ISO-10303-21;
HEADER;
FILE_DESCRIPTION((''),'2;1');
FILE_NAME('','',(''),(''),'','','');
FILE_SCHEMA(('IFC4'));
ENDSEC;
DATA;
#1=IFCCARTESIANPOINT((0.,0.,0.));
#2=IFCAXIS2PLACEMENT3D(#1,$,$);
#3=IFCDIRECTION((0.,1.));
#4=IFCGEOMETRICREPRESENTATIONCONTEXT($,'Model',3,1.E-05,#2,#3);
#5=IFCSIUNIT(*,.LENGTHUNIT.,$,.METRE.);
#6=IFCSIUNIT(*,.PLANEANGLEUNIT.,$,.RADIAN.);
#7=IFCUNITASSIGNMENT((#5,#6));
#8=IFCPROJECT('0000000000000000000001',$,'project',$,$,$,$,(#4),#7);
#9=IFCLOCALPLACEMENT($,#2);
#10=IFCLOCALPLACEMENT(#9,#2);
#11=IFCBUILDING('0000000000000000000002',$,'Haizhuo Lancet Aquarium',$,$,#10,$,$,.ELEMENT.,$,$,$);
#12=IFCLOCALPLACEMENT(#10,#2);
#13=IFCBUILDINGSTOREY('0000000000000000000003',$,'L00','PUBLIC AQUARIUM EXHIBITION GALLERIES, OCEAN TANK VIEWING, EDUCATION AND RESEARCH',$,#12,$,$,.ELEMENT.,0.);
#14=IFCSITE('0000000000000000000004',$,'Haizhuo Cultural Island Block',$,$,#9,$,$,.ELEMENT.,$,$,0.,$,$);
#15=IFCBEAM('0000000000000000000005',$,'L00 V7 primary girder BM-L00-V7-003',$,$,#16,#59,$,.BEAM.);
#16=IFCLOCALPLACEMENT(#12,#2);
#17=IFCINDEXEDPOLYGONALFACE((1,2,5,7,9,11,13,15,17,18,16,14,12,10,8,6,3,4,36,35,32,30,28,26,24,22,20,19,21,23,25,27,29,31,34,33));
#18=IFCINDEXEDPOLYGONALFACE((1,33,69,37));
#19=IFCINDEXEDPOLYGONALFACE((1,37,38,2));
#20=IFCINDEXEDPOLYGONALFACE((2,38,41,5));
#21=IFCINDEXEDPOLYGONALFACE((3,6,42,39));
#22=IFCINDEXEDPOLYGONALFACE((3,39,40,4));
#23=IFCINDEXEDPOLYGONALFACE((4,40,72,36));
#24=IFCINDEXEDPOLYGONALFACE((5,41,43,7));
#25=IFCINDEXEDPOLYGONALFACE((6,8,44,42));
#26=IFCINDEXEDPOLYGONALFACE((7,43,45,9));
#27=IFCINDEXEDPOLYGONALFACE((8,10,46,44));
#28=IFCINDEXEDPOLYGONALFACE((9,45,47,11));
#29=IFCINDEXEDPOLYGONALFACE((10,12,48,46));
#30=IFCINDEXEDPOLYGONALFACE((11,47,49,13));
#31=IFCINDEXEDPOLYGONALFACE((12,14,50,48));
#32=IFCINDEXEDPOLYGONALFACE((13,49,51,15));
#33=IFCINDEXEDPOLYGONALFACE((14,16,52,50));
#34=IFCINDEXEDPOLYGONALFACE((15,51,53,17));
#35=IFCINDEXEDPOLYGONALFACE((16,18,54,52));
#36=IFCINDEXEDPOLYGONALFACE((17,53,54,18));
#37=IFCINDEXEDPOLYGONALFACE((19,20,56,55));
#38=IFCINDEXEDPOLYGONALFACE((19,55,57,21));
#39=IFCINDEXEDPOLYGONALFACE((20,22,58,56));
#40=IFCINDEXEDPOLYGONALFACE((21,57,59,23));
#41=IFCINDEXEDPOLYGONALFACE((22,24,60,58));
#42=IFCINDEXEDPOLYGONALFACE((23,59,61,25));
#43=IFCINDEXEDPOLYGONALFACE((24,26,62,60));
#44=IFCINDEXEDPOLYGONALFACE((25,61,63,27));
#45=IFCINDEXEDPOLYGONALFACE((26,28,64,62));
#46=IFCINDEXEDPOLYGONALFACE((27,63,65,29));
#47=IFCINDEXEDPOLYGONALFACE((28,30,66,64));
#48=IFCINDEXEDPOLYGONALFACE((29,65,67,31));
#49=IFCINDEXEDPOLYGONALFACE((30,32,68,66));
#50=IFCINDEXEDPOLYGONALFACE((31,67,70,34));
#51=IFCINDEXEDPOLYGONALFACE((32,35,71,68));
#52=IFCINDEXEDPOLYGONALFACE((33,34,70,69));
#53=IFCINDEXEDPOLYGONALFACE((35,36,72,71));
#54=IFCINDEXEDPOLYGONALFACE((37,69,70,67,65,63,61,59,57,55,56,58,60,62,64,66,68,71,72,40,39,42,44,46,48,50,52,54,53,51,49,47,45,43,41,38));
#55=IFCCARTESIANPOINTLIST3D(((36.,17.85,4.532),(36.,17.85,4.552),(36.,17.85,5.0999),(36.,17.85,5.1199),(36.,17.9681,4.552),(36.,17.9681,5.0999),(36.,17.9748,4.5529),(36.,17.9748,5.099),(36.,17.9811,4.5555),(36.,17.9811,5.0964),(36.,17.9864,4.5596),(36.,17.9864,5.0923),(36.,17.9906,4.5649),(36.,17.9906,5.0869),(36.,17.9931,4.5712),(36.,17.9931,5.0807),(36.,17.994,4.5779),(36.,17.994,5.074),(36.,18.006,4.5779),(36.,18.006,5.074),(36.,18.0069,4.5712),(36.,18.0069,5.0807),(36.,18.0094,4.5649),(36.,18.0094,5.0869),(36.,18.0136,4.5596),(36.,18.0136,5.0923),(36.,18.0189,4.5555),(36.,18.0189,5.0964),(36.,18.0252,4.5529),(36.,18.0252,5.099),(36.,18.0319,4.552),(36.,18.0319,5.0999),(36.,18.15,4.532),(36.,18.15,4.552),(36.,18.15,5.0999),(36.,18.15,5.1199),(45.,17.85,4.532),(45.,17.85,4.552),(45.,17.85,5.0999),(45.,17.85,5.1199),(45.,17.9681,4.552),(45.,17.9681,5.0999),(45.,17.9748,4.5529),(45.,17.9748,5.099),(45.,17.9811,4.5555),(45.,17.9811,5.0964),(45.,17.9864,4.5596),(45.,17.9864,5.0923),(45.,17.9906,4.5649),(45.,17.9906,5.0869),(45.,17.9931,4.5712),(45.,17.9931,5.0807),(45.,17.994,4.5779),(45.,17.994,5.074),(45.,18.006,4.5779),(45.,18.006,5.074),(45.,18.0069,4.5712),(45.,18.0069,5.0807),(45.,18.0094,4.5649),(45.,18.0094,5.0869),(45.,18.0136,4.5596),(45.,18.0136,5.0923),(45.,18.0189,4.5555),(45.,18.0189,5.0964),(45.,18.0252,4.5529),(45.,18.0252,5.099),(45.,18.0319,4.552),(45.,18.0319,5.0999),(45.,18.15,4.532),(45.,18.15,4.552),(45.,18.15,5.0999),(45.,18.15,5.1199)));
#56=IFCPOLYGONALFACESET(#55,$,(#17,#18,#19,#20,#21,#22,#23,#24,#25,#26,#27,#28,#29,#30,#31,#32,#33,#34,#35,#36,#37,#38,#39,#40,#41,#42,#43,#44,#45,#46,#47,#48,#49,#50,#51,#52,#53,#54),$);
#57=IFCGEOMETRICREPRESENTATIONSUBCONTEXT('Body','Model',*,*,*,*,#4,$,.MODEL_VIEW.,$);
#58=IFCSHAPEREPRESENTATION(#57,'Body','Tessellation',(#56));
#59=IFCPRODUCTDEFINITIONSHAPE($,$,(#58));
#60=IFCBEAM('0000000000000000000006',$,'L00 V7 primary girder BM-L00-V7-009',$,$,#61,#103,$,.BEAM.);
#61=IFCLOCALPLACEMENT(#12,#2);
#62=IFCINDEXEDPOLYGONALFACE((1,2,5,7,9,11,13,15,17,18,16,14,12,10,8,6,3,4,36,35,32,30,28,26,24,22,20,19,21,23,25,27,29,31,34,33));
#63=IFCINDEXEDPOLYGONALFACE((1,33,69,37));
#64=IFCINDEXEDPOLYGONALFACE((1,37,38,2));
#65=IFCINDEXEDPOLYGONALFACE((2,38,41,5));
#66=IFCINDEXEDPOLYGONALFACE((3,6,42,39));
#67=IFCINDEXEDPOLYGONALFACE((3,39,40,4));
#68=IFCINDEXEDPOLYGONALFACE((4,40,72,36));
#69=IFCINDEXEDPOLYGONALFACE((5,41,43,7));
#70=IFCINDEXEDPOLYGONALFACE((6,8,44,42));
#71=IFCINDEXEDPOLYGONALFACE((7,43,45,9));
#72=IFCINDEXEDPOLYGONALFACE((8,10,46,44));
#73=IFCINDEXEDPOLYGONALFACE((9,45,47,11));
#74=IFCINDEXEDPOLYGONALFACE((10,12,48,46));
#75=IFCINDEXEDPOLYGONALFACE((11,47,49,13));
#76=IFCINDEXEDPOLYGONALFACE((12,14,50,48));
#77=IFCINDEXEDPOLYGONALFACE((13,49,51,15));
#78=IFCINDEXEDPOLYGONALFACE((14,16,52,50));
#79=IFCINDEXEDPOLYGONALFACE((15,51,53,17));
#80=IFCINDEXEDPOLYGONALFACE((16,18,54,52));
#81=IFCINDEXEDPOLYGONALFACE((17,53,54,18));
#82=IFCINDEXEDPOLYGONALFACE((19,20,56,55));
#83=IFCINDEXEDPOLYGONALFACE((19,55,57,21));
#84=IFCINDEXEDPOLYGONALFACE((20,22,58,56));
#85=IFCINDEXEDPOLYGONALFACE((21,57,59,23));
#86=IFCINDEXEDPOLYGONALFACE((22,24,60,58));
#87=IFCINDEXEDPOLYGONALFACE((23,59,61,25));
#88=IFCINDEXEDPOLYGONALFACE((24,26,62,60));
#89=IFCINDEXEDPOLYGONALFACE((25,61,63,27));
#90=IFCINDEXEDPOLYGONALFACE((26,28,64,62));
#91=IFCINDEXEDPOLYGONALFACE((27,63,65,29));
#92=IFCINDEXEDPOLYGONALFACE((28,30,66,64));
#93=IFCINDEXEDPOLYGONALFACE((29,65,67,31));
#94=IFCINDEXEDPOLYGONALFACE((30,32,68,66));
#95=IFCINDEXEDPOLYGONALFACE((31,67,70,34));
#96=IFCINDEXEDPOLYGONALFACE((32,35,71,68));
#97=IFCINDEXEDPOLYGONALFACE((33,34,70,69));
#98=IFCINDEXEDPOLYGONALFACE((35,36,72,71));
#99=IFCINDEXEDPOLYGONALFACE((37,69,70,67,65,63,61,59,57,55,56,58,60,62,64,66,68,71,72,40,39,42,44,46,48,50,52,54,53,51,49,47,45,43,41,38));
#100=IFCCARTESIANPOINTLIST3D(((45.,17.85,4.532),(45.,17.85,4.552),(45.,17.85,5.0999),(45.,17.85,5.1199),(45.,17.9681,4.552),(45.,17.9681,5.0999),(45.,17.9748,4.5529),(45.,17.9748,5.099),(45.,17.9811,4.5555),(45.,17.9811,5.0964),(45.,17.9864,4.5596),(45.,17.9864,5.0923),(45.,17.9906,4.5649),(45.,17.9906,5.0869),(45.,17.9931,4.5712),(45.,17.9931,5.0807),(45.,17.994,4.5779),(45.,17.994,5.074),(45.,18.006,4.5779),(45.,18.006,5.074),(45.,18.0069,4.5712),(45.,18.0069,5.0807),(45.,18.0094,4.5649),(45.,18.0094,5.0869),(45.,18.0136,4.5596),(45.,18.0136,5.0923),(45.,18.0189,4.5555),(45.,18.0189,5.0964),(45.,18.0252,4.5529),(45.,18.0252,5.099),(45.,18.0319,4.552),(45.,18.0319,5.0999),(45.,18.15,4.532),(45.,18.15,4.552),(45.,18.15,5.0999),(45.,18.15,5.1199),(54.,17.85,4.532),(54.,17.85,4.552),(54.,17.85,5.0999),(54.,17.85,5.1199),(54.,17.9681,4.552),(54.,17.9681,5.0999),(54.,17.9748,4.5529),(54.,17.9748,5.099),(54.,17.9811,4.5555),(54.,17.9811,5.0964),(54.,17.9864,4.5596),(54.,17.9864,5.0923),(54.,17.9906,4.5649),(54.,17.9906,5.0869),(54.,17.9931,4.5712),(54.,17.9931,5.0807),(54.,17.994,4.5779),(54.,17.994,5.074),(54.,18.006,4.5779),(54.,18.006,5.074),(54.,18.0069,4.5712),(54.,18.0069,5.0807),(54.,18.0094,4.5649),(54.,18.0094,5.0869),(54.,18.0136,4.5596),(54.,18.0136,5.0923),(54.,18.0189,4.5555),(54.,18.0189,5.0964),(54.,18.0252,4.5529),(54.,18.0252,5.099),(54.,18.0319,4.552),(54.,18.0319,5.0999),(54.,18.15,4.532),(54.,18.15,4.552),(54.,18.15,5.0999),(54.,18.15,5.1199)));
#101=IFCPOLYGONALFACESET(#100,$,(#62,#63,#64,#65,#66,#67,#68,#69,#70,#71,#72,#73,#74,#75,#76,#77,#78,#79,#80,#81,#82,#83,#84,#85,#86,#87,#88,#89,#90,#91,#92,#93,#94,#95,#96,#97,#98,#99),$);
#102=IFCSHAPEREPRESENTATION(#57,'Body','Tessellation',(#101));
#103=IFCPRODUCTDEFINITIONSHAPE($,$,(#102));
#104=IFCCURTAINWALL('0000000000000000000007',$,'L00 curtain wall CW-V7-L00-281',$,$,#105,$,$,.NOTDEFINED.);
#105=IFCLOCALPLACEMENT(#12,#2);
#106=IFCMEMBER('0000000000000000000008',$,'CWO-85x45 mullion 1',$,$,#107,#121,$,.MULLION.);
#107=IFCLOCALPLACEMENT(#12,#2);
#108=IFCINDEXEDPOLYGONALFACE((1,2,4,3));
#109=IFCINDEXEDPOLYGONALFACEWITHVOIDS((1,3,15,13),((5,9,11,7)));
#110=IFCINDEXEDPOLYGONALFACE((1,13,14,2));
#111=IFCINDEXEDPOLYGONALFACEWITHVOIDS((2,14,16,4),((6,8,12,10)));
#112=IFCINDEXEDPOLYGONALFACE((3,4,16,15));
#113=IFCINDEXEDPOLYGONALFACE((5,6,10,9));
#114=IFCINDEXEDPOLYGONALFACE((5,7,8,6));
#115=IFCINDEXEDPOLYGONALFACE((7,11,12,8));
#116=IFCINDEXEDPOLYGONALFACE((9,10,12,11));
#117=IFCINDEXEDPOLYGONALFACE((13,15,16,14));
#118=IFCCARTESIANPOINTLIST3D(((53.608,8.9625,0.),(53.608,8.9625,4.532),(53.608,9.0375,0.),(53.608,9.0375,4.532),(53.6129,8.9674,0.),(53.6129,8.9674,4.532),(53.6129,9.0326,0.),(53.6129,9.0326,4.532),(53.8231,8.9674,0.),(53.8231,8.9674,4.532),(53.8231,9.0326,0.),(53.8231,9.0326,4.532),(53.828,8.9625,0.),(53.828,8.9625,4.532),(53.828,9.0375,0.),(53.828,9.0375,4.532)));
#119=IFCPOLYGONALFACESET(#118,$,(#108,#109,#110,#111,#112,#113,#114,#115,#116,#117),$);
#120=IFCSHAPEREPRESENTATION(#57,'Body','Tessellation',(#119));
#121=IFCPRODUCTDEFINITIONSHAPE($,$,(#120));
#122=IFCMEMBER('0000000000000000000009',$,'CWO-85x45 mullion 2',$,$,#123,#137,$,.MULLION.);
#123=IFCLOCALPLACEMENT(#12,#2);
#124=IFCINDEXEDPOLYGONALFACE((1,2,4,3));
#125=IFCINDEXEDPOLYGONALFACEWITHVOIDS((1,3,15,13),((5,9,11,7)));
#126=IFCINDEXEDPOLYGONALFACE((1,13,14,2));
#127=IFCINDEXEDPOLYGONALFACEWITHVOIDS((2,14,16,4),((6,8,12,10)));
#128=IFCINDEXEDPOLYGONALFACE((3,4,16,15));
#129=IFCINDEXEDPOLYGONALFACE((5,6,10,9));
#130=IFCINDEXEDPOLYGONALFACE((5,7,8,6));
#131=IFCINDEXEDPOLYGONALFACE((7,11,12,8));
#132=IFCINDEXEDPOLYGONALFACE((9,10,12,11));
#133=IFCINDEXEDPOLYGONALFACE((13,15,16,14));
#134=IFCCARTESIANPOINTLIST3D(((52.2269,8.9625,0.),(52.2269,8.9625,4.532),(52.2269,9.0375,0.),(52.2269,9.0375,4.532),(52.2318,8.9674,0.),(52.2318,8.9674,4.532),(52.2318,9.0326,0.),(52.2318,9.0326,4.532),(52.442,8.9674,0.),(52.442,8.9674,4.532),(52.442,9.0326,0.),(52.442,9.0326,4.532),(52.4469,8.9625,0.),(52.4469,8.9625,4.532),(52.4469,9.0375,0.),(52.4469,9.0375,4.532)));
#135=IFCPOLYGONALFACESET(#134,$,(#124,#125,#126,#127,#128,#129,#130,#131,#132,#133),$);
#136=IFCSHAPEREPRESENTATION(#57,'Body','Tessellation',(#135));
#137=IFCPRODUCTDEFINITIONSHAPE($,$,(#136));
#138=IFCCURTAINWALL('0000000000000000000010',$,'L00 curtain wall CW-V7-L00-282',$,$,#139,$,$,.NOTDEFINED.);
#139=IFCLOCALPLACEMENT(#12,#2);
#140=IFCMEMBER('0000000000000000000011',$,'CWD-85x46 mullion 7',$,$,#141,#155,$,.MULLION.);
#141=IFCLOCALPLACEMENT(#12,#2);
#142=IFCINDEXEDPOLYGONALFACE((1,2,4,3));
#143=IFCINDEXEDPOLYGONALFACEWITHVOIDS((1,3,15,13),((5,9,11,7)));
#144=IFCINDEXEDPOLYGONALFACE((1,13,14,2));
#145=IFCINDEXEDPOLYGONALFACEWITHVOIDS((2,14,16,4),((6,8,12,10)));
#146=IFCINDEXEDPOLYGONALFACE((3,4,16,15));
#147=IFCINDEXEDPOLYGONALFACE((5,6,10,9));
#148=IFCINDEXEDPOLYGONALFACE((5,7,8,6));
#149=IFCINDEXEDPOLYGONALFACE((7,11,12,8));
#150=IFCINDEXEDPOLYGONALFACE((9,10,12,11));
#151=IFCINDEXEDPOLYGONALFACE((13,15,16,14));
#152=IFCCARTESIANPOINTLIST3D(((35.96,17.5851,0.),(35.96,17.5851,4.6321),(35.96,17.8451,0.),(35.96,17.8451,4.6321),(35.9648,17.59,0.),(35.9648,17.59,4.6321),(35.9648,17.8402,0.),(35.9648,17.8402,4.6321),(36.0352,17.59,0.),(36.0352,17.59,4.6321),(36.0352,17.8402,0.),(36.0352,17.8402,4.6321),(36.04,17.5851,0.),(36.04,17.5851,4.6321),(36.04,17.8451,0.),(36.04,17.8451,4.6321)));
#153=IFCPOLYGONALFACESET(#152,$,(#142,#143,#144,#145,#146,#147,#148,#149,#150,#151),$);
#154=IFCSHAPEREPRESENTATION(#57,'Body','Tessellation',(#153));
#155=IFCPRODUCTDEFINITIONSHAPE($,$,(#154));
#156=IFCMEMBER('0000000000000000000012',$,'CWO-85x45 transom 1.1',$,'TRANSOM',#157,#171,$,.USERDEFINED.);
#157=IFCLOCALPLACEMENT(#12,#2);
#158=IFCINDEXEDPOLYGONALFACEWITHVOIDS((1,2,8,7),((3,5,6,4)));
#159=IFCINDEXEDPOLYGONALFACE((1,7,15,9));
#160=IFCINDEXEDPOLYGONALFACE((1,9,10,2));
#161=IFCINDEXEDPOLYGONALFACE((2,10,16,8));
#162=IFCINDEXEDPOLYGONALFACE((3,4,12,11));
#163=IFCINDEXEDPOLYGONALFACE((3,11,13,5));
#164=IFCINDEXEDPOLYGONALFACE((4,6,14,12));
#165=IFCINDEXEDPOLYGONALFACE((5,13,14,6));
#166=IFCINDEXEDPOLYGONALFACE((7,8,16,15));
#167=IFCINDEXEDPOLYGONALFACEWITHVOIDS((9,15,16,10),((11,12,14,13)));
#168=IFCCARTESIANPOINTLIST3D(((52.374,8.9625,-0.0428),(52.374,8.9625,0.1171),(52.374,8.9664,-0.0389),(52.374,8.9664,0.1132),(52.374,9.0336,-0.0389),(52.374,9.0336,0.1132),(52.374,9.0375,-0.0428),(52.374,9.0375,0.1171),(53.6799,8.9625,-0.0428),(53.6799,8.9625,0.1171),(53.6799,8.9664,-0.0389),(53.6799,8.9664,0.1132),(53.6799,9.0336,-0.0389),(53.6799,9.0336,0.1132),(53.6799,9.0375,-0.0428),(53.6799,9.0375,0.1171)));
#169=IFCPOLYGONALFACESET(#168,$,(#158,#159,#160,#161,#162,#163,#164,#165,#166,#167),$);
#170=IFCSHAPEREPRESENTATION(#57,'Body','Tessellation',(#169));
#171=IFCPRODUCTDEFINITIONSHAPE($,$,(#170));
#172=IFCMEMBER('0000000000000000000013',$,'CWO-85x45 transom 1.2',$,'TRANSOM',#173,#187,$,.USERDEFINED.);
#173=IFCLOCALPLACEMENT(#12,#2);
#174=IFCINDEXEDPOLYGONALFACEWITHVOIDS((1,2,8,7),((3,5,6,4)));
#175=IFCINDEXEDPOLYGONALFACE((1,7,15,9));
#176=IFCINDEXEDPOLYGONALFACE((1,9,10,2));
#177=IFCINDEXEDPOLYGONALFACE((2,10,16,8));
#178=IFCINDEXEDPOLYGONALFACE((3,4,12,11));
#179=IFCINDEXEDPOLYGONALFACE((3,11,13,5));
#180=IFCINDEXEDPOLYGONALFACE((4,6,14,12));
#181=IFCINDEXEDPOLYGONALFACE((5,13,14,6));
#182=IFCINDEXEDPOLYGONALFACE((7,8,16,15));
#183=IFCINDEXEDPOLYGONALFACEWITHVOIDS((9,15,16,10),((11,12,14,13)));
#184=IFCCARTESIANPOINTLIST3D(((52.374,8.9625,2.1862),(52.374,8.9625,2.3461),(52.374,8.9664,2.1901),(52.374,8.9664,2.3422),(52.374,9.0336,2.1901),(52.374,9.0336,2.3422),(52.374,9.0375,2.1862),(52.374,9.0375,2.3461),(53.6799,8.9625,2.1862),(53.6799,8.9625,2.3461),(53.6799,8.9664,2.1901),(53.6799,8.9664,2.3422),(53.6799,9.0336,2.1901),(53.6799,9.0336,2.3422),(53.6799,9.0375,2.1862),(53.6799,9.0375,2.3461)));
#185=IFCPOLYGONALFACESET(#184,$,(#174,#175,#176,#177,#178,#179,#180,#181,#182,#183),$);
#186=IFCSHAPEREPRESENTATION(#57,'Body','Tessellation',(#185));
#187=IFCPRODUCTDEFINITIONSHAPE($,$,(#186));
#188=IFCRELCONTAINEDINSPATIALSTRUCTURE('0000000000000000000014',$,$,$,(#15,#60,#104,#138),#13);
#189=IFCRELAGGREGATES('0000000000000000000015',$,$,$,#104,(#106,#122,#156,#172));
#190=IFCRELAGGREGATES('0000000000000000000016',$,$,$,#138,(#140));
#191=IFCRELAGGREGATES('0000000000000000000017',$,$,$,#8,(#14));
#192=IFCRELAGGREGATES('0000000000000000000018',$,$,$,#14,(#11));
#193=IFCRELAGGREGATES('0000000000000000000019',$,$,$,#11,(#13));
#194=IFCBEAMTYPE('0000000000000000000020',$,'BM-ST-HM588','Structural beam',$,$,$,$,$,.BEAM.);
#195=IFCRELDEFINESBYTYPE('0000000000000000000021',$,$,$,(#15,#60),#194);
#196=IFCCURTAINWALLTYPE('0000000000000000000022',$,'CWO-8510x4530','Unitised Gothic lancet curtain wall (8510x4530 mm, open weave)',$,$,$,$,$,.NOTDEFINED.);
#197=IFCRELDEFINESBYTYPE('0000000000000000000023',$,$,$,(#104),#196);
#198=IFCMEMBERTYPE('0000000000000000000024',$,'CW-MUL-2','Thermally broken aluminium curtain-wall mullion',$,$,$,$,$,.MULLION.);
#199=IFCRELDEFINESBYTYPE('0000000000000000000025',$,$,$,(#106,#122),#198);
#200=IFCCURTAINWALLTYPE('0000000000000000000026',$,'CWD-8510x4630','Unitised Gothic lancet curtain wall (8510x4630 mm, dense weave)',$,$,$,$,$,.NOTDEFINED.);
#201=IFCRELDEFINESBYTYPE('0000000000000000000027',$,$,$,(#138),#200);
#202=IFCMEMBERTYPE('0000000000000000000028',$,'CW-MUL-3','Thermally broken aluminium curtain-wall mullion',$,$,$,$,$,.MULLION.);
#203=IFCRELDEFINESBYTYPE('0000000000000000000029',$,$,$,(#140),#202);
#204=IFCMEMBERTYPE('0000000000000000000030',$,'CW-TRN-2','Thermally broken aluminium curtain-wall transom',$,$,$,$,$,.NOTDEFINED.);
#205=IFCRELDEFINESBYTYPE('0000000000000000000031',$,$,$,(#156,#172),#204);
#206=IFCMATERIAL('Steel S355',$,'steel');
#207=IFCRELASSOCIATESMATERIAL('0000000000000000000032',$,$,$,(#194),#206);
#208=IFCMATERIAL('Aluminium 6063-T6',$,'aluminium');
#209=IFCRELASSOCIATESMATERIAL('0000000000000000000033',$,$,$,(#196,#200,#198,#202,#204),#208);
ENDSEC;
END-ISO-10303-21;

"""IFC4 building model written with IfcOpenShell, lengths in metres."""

from ifc_helpers import new_model, si_unit, direction, frame, origin, origin_2d, place, context, subcontext, project, spatial, hollow_rectangle, i_section, extrude, material, material_profile, profile_set, type_object, element, aggregate, save


model = new_model("IFC4")

# Units and contexts
model_context = context("Model", 3, precision=1e-05, world=origin(), true_north=direction((0.0, 1.0)))
body_context = subcontext(model_context, "Body", "Model", "MODEL_VIEW")
ifc_project = project(units=[si_unit("LENGTHUNIT", "METRE"), si_unit("PLANEANGLEUNIT", "RADIAN")], contexts=[model_context])

# Site, building, storey
site_placement = place(None, origin())
site = spatial("IfcSite", under=ifc_project, at=site_placement, Name="Haizhuo Cultural Island Block", CompositionType="ELEMENT", RefElevation=0.0)
building_placement = place(site_placement, origin())
building = spatial("IfcBuilding", under=site, at=building_placement, Name="Haizhuo Lancet Aquarium", CompositionType="ELEMENT")
storey_placement = place(building_placement, origin())
storey = spatial("IfcBuildingStorey", under=building, at=storey_placement, Name="L00", Description="PUBLIC AQUARIUM EXHIBITION GALLERIES, OCEAN TANK VIEWING, EDUCATION AND RESEARCH", CompositionType="ELEMENT", Elevation=0.0)

# Shared definitions
ifc_material_1 = material(Name="Steel S355", Category="steel")

# Beams
ifc_material_profile_1 = material_profile(ifc_material_1, i_section(OverallWidth=0.3, OverallDepth=0.5879, WebThickness=0.012, FlangeThickness=0.02, FilletRadius=0.0259, at=origin_2d()), Name="HM 588x300x12x20")
ifc_profile_set_1 = profile_set([ifc_material_profile_1], Name="Steel S355")
beam_type_1 = type_object("IfcBeamType", Name="BM-ST-HM588", Description="Structural beam", PredefinedType="BEAM", material=ifc_profile_set_1)
for number, where, z_axis, x_axis, name in (
    (1, (36.0, 18.0, 4.8259), (1.0, 0.0, 0.0), (0.0, 1.0, 0.0), "L00 V7 primary girder BM-L00-V7-003"),
    (2, (45.0, 18.0, 4.8259), (1.0, 0.0, 0.0), (0.0, 1.0, 0.0), "L00 V7 primary girder BM-L00-V7-009"),
):
    element("IfcBeam", number, at=place(storey_placement, frame(where, z_axis=z_axis, x_axis=x_axis)), inside=storey, type_object=beam_type_1, Name=name, PredefinedType="BEAM", context=body_context, shape_type="SweptSolid", body=[
        extrude(i_section(OverallWidth=0.3, OverallDepth=0.5879, WebThickness=0.012, FlangeThickness=0.02, FilletRadius=0.0259, at=origin_2d()), origin(), (0.0, 0.0, 1.0), 9.0),
    ])

# Curtain wall, members
ifc_material_2 = material(Name="Aluminium 6063-T6", Category="aluminium")
curtain_wall_type_1 = type_object("IfcCurtainWallType", Name="CWO-8510x4530", Description="Unitised Gothic lancet curtain wall (8510x4530 mm, open weave)", PredefinedType="NOTDEFINED", material=ifc_material_2)
curtain_wall_1_placement = place(storey_placement, origin())
curtain_wall_1 = element("IfcCurtainWall", 3, at=curtain_wall_1_placement, inside=storey, type_object=curtain_wall_type_1, Name="L00 curtain wall CW-V7-L00-281", PredefinedType="NOTDEFINED")
ifc_material_profile_2 = material_profile(ifc_material_2, hollow_rectangle(XDim=0.075, YDim=0.22, WallThickness=0.0049, at=origin_2d()), Name="ALU-M 75x220x5")
ifc_profile_set_2 = profile_set([ifc_material_profile_2], Name="Aluminium 6063-T6")
member_type_1 = type_object("IfcMemberType", Name="CW-MUL-2", Description="Thermally broken aluminium curtain-wall mullion", PredefinedType="MULLION", material=ifc_profile_set_2)
member_1_placement = place(storey_placement, frame((53.718, 9.0, 0.0), z_axis=(0.0, 0.0, 1.0), x_axis=(0.0, -1.0, 0.0)))
member_1 = element("IfcMember", 4, at=member_1_placement, type_object=member_type_1, Name="CWO-85x45 mullion 1", PredefinedType="MULLION", context=body_context, shape_type="SweptSolid", body=[
    extrude(hollow_rectangle(XDim=0.075, YDim=0.22, WallThickness=0.0049, at=origin_2d()), origin(), (0.0, 0.0, 1.0), 4.532),
])
member_2_placement = place(storey_placement, frame((52.3369, 9.0, 0.0), z_axis=(0.0, 0.0, 1.0), x_axis=(0.0, -1.0, 0.0)))
member_2 = element("IfcMember", 5, at=member_2_placement, type_object=member_type_1, Name="CWO-85x45 mullion 2", PredefinedType="MULLION", context=body_context, shape_type="SweptSolid", body=[
    extrude(hollow_rectangle(XDim=0.075, YDim=0.22, WallThickness=0.0049, at=origin_2d()), origin(), (0.0, 0.0, 1.0), 4.532),
])

# Curtain wall, member
curtain_wall_type_2 = type_object("IfcCurtainWallType", Name="CWD-8510x4630", Description="Unitised Gothic lancet curtain wall (8510x4630 mm, dense weave)", PredefinedType="NOTDEFINED", material=ifc_material_2)
curtain_wall_2_placement = place(storey_placement, origin())
curtain_wall_2 = element("IfcCurtainWall", 6, at=curtain_wall_2_placement, inside=storey, type_object=curtain_wall_type_2, Name="L00 curtain wall CW-V7-L00-282", PredefinedType="NOTDEFINED")
ifc_material_profile_3 = material_profile(ifc_material_2, hollow_rectangle(XDim=0.0801, YDim=0.26, WallThickness=0.0049, at=origin_2d()), Name="ALU-M 80x260x5")
ifc_profile_set_3 = profile_set([ifc_material_profile_3], Name="Aluminium 6063-T6")
member_type_2 = type_object("IfcMemberType", Name="CW-MUL-3", Description="Thermally broken aluminium curtain-wall mullion", PredefinedType="MULLION", material=ifc_profile_set_3)
member_3_placement = place(storey_placement, frame((36.0, 17.7151, 0.0), z_axis=(0.0, 0.0, 1.0), x_axis=(-1.0, 0.0, 0.0)))
member_3 = element("IfcMember", 7, at=member_3_placement, type_object=member_type_2, Name="CWD-85x46 mullion 7", PredefinedType="MULLION", context=body_context, shape_type="SweptSolid", body=[
    extrude(hollow_rectangle(XDim=0.0801, YDim=0.26, WallThickness=0.0049, at=origin_2d()), origin(), (0.0, 0.0, 1.0), 4.6321),
])

# Members
ifc_material_profile_4 = material_profile(ifc_material_2, hollow_rectangle(XDim=0.075, YDim=0.1599, WallThickness=0.0039, at=origin_2d()), Name="ALU-T 75x160x4")
ifc_profile_set_4 = profile_set([ifc_material_profile_4], Name="Aluminium 6063-T6")
member_type_3 = type_object("IfcMemberType", Name="CW-TRN-2", Description="Thermally broken aluminium curtain-wall transom", PredefinedType="NOTDEFINED", material=ifc_profile_set_4)
member_4_placement = place(storey_placement, frame((53.6799, 9.0, 0.0371), z_axis=(-1.0, 0.0, 0.0), x_axis=(0.0, -1.0, 0.0)))
member_4 = element("IfcMember", 8, at=member_4_placement, type_object=member_type_3, Name="CWO-85x45 transom 1.1", ObjectType="TRANSOM", PredefinedType="USERDEFINED", context=body_context, shape_type="SweptSolid", body=[
    extrude(hollow_rectangle(XDim=0.075, YDim=0.1599, WallThickness=0.0039, at=origin_2d()), origin(), (0.0, 0.0, 1.0), 1.3059),
])
member_5_placement = place(storey_placement, frame((53.6799, 9.0, 2.2661), z_axis=(-1.0, 0.0, 0.0), x_axis=(0.0, -1.0, 0.0)))
member_5 = element("IfcMember", 9, at=member_5_placement, type_object=member_type_3, Name="CWO-85x45 transom 1.2", ObjectType="TRANSOM", PredefinedType="USERDEFINED", context=body_context, shape_type="SweptSolid", body=[
    extrude(hollow_rectangle(XDim=0.075, YDim=0.1599, WallThickness=0.0039, at=origin_2d()), origin(), (0.0, 0.0, 1.0), 1.3059),
])

aggregate(curtain_wall_1, [member_1, member_2, member_4, member_5])
aggregate(curtain_wall_2, [member_3])

save(model, "model.ifc")
